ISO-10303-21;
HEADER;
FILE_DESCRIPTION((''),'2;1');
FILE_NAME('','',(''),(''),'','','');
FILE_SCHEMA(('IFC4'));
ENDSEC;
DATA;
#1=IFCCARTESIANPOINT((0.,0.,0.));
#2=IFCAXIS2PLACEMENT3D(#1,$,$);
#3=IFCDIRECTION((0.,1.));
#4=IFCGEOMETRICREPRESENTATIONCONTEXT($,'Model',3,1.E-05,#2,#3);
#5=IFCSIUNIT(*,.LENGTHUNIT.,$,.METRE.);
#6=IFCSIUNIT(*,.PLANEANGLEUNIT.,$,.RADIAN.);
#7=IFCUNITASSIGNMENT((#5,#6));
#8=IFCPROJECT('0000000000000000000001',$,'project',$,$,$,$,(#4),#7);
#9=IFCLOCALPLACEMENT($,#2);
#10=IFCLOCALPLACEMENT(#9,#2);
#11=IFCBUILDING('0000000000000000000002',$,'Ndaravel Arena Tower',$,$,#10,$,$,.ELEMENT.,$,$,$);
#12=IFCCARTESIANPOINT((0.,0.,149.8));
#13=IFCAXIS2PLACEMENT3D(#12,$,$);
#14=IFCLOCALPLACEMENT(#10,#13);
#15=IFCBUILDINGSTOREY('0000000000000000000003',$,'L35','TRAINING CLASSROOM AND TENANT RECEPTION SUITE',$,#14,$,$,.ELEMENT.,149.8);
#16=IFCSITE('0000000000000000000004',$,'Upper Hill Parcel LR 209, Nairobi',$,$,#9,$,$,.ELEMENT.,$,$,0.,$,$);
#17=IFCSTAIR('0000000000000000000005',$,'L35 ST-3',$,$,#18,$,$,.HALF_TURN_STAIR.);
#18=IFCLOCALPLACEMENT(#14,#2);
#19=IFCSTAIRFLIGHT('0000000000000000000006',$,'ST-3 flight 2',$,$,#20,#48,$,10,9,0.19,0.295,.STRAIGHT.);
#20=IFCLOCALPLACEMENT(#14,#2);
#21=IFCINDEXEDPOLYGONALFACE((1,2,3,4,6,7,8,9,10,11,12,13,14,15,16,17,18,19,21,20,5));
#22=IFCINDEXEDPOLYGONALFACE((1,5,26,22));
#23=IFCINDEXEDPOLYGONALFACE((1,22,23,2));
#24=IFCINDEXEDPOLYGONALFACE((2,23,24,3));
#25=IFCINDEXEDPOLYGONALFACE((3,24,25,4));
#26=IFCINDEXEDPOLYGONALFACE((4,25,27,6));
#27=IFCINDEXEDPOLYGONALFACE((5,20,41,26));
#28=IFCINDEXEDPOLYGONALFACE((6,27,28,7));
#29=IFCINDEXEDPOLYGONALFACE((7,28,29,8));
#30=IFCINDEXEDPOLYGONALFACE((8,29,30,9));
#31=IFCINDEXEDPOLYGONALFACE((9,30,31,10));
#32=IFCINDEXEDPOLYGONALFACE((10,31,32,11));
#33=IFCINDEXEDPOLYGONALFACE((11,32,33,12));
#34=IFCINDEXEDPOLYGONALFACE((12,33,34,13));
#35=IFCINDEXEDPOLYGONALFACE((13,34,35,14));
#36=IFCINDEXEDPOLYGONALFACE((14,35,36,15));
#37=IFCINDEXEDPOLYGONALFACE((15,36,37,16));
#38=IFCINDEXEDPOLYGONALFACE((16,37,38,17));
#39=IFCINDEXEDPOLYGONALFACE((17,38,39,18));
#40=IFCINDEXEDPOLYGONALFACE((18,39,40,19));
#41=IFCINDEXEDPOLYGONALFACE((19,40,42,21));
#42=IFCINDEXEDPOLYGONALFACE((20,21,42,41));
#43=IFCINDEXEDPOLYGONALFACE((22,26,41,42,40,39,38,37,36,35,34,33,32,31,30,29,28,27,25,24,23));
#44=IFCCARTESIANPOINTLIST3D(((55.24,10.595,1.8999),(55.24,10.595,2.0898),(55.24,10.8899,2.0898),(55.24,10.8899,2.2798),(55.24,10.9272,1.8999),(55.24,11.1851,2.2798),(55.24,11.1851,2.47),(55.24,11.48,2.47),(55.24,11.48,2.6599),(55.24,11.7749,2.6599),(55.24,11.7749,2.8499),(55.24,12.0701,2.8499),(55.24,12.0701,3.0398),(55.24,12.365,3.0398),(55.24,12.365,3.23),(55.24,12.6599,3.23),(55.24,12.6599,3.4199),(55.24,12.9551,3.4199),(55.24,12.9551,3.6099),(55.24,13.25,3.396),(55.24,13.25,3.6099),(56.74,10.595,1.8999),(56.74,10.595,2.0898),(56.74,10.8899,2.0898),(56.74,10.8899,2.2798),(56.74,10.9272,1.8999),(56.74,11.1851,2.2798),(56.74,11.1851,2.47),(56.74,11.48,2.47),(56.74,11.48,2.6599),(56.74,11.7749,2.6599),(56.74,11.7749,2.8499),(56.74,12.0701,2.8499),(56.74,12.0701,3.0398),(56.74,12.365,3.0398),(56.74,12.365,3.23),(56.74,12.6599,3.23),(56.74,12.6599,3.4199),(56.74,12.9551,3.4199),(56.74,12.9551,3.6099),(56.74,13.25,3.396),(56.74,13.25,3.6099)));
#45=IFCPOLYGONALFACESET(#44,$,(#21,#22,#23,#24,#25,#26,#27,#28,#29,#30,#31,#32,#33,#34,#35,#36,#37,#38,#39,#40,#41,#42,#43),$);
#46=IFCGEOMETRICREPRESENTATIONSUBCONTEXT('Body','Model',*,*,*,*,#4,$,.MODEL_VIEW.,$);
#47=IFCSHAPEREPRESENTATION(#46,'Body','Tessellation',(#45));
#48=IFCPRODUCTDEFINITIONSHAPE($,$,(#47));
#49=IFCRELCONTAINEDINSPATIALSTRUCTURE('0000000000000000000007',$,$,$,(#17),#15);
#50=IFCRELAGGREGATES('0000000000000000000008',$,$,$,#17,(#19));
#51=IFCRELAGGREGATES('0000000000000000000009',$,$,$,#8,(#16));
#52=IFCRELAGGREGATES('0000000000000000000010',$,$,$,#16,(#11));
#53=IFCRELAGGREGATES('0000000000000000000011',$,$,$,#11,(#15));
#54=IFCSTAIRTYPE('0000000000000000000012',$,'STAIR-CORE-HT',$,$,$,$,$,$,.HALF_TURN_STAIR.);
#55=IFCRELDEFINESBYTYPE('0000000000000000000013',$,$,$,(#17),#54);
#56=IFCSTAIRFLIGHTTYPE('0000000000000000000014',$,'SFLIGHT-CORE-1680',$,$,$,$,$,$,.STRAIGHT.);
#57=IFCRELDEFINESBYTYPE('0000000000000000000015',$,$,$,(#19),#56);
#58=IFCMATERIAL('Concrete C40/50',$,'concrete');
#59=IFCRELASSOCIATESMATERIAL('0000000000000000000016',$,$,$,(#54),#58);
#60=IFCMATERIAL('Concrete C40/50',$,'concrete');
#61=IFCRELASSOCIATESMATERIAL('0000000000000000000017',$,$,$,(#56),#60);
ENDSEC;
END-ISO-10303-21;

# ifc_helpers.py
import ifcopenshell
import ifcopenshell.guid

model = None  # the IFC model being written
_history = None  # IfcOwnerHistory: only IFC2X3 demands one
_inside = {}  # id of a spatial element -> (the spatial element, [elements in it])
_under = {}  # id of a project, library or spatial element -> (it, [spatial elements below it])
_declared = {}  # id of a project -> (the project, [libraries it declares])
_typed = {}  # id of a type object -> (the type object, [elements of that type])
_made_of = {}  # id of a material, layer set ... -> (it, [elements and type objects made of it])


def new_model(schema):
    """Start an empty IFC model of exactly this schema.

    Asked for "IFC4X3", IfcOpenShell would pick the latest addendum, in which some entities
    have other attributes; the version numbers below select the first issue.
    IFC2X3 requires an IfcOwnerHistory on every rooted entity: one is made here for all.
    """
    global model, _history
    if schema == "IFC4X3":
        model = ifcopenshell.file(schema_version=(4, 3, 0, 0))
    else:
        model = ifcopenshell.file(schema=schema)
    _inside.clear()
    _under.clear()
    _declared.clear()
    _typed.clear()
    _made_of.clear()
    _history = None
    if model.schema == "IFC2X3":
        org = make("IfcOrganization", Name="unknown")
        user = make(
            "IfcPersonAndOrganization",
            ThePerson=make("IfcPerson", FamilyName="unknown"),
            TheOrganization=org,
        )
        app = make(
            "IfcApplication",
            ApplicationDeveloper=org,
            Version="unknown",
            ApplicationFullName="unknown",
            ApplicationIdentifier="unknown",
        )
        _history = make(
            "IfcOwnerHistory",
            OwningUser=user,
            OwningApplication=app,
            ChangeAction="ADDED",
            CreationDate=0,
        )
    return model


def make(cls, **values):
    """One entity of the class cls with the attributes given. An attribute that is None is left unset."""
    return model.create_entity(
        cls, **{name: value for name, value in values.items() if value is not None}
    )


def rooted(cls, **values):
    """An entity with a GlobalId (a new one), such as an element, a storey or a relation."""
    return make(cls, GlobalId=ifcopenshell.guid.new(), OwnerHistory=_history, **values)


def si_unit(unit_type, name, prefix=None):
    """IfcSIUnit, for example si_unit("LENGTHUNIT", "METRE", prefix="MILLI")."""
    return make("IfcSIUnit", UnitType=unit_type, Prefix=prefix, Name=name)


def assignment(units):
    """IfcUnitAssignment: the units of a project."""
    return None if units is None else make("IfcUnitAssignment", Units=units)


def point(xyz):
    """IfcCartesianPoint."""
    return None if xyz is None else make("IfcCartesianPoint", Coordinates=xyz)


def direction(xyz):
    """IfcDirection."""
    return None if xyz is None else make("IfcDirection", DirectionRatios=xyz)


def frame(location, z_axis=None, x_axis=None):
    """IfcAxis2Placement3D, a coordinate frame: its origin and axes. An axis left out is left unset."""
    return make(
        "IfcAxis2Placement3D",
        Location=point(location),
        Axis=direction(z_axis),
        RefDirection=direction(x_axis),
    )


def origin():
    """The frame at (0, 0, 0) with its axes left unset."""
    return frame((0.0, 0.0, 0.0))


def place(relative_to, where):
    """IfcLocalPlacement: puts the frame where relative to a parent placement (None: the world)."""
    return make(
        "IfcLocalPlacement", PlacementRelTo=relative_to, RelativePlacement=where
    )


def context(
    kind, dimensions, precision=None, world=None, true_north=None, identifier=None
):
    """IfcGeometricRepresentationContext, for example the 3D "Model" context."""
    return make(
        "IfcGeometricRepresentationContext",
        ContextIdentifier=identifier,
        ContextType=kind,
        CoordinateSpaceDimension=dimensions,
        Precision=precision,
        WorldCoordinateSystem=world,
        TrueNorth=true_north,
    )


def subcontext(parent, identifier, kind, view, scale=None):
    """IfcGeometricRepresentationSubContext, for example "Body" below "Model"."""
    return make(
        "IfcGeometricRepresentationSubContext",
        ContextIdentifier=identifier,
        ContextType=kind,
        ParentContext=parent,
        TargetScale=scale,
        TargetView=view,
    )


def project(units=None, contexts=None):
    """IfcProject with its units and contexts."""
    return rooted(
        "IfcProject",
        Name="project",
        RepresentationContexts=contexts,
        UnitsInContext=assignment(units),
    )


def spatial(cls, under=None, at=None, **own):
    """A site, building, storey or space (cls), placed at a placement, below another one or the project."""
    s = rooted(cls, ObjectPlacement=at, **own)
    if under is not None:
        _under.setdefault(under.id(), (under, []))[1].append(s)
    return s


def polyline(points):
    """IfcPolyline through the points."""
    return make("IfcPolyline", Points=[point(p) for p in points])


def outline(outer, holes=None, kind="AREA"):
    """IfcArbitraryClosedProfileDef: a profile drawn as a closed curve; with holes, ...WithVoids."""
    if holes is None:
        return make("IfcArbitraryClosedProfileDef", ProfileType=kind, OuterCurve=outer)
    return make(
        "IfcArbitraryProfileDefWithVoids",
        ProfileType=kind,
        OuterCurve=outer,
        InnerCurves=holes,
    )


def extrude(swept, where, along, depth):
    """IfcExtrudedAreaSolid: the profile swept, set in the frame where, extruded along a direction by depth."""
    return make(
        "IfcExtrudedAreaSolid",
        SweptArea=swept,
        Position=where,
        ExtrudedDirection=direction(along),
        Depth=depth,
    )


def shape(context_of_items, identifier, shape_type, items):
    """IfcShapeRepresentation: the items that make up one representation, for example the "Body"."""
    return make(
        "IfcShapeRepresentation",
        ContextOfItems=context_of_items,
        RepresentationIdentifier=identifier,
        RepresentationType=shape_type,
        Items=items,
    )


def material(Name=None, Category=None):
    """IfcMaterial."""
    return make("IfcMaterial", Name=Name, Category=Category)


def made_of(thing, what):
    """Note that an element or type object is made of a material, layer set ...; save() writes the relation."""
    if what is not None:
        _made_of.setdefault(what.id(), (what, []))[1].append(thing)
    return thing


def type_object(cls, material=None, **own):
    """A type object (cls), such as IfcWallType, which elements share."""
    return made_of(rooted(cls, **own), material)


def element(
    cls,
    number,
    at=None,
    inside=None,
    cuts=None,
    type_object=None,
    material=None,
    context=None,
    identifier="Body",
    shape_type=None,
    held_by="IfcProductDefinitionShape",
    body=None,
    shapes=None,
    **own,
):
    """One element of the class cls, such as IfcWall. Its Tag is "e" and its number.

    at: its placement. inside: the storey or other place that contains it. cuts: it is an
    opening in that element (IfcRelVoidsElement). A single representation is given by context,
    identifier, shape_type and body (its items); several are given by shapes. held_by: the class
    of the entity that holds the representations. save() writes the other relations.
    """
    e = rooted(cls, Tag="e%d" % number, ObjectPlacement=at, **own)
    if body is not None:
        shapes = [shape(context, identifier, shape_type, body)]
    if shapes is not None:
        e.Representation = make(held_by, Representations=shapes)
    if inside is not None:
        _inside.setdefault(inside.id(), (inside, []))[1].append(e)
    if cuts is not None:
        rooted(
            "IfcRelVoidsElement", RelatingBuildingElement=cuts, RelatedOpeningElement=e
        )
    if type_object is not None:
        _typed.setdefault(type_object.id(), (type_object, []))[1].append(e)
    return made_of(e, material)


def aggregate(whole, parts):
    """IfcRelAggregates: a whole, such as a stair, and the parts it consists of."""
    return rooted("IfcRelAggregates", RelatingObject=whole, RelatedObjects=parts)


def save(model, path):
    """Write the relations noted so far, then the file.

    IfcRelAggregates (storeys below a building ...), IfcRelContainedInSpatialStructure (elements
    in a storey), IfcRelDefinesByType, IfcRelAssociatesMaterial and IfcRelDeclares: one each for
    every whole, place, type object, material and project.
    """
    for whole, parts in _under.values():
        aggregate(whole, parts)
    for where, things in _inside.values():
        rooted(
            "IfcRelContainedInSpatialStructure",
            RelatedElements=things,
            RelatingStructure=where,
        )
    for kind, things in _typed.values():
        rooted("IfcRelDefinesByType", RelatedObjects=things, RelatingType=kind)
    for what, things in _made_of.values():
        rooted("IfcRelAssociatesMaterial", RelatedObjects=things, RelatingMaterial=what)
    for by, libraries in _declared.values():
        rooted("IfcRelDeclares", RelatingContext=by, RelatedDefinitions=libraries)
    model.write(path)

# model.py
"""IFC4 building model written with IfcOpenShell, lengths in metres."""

from ifc_helpers import new_model, si_unit, direction, frame, origin, place, context, subcontext, project, spatial, polyline, outline, extrude, material, type_object, element, aggregate, save


model = new_model("IFC4")

# Units and contexts
model_context = context("Model", 3, precision=1e-05, world=origin(), true_north=direction((0.0, 1.0)))
body_context = subcontext(model_context, "Body", "Model", "MODEL_VIEW")
ifc_project = project(units=[si_unit("LENGTHUNIT", "METRE"), si_unit("PLANEANGLEUNIT", "RADIAN")], contexts=[model_context])

# Site, building, storey
site_placement = place(None, origin())
site = spatial("IfcSite", under=ifc_project, at=site_placement, Name="Upper Hill Parcel LR 209, Nairobi", CompositionType="ELEMENT", RefElevation=0.0)
building_placement = place(site_placement, origin())
building = spatial("IfcBuilding", under=site, at=building_placement, Name="Ndaravel Arena Tower", CompositionType="ELEMENT")
storey_placement = place(building_placement, frame((0.0, 0.0, 149.8)))
storey = spatial("IfcBuildingStorey", under=building, at=storey_placement, Name="L35", Description="TRAINING CLASSROOM AND TENANT RECEPTION SUITE", CompositionType="ELEMENT", Elevation=149.8)

# Stair, stair flight
ifc_material_1 = material(Name="Concrete C40/50", Category="concrete")
stair_type = type_object("IfcStairType", Name="STAIR-CORE-HT", PredefinedType="HALF_TURN_STAIR", material=ifc_material_1)
stair_placement = place(storey_placement, origin())
stair = element("IfcStair", 1, at=stair_placement, inside=storey, type_object=stair_type, Name="L35 ST-3", PredefinedType="HALF_TURN_STAIR")
ifc_material_2 = material(Name="Concrete C40/50", Category="concrete")
stair_flight_type = type_object("IfcStairFlightType", Name="SFLIGHT-CORE-1680", PredefinedType="STRAIGHT", material=ifc_material_2)
stair_flight_1_placement = place(storey_placement, frame((55.99, 10.595, 1.8999), z_axis=(0.0, 0.0, 1.0), x_axis=(0.0, 1.0, 0.0)))
stair_flight_1 = element("IfcStairFlight", 2, at=stair_flight_1_placement, type_object=stair_flight_type, Name="ST-3 flight 2", NumberOfRisers=10, NumberOfTreads=9, PredefinedType="STRAIGHT", RiserHeight=0.19, TreadLength=0.295, context=body_context, shape_type="SweptSolid", body=[
    extrude(outline(polyline([(0.0, 0.0), (0.0, 0.1899), (0.2949, 0.1899), (0.2949, 0.3799), (0.5901, 0.3799), (0.5901, 0.5701), (0.885, 0.5701), (0.885, 0.76), (1.1799, 0.76), (1.1799, 0.95), (1.4751, 0.95), (1.4751, 1.1399), (1.77, 1.1399), (1.77, 1.3301), (2.0649, 1.3301), (2.0649, 1.52), (2.3601, 1.52), (2.3601, 1.71), (2.655, 1.71), (2.655, 1.8999), (2.655, 1.4961), (0.3323, 0.0), (0.0, 0.0)])), frame((0.0, 0.75, 0.0), z_axis=(0.0, -1.0, 0.0), x_axis=(1.0, 0.0, 0.0)), (0.0, 0.0, 1.0), 1.5),
])
aggregate(stair, [stair_flight_1])

save(model, "model.ifc")
